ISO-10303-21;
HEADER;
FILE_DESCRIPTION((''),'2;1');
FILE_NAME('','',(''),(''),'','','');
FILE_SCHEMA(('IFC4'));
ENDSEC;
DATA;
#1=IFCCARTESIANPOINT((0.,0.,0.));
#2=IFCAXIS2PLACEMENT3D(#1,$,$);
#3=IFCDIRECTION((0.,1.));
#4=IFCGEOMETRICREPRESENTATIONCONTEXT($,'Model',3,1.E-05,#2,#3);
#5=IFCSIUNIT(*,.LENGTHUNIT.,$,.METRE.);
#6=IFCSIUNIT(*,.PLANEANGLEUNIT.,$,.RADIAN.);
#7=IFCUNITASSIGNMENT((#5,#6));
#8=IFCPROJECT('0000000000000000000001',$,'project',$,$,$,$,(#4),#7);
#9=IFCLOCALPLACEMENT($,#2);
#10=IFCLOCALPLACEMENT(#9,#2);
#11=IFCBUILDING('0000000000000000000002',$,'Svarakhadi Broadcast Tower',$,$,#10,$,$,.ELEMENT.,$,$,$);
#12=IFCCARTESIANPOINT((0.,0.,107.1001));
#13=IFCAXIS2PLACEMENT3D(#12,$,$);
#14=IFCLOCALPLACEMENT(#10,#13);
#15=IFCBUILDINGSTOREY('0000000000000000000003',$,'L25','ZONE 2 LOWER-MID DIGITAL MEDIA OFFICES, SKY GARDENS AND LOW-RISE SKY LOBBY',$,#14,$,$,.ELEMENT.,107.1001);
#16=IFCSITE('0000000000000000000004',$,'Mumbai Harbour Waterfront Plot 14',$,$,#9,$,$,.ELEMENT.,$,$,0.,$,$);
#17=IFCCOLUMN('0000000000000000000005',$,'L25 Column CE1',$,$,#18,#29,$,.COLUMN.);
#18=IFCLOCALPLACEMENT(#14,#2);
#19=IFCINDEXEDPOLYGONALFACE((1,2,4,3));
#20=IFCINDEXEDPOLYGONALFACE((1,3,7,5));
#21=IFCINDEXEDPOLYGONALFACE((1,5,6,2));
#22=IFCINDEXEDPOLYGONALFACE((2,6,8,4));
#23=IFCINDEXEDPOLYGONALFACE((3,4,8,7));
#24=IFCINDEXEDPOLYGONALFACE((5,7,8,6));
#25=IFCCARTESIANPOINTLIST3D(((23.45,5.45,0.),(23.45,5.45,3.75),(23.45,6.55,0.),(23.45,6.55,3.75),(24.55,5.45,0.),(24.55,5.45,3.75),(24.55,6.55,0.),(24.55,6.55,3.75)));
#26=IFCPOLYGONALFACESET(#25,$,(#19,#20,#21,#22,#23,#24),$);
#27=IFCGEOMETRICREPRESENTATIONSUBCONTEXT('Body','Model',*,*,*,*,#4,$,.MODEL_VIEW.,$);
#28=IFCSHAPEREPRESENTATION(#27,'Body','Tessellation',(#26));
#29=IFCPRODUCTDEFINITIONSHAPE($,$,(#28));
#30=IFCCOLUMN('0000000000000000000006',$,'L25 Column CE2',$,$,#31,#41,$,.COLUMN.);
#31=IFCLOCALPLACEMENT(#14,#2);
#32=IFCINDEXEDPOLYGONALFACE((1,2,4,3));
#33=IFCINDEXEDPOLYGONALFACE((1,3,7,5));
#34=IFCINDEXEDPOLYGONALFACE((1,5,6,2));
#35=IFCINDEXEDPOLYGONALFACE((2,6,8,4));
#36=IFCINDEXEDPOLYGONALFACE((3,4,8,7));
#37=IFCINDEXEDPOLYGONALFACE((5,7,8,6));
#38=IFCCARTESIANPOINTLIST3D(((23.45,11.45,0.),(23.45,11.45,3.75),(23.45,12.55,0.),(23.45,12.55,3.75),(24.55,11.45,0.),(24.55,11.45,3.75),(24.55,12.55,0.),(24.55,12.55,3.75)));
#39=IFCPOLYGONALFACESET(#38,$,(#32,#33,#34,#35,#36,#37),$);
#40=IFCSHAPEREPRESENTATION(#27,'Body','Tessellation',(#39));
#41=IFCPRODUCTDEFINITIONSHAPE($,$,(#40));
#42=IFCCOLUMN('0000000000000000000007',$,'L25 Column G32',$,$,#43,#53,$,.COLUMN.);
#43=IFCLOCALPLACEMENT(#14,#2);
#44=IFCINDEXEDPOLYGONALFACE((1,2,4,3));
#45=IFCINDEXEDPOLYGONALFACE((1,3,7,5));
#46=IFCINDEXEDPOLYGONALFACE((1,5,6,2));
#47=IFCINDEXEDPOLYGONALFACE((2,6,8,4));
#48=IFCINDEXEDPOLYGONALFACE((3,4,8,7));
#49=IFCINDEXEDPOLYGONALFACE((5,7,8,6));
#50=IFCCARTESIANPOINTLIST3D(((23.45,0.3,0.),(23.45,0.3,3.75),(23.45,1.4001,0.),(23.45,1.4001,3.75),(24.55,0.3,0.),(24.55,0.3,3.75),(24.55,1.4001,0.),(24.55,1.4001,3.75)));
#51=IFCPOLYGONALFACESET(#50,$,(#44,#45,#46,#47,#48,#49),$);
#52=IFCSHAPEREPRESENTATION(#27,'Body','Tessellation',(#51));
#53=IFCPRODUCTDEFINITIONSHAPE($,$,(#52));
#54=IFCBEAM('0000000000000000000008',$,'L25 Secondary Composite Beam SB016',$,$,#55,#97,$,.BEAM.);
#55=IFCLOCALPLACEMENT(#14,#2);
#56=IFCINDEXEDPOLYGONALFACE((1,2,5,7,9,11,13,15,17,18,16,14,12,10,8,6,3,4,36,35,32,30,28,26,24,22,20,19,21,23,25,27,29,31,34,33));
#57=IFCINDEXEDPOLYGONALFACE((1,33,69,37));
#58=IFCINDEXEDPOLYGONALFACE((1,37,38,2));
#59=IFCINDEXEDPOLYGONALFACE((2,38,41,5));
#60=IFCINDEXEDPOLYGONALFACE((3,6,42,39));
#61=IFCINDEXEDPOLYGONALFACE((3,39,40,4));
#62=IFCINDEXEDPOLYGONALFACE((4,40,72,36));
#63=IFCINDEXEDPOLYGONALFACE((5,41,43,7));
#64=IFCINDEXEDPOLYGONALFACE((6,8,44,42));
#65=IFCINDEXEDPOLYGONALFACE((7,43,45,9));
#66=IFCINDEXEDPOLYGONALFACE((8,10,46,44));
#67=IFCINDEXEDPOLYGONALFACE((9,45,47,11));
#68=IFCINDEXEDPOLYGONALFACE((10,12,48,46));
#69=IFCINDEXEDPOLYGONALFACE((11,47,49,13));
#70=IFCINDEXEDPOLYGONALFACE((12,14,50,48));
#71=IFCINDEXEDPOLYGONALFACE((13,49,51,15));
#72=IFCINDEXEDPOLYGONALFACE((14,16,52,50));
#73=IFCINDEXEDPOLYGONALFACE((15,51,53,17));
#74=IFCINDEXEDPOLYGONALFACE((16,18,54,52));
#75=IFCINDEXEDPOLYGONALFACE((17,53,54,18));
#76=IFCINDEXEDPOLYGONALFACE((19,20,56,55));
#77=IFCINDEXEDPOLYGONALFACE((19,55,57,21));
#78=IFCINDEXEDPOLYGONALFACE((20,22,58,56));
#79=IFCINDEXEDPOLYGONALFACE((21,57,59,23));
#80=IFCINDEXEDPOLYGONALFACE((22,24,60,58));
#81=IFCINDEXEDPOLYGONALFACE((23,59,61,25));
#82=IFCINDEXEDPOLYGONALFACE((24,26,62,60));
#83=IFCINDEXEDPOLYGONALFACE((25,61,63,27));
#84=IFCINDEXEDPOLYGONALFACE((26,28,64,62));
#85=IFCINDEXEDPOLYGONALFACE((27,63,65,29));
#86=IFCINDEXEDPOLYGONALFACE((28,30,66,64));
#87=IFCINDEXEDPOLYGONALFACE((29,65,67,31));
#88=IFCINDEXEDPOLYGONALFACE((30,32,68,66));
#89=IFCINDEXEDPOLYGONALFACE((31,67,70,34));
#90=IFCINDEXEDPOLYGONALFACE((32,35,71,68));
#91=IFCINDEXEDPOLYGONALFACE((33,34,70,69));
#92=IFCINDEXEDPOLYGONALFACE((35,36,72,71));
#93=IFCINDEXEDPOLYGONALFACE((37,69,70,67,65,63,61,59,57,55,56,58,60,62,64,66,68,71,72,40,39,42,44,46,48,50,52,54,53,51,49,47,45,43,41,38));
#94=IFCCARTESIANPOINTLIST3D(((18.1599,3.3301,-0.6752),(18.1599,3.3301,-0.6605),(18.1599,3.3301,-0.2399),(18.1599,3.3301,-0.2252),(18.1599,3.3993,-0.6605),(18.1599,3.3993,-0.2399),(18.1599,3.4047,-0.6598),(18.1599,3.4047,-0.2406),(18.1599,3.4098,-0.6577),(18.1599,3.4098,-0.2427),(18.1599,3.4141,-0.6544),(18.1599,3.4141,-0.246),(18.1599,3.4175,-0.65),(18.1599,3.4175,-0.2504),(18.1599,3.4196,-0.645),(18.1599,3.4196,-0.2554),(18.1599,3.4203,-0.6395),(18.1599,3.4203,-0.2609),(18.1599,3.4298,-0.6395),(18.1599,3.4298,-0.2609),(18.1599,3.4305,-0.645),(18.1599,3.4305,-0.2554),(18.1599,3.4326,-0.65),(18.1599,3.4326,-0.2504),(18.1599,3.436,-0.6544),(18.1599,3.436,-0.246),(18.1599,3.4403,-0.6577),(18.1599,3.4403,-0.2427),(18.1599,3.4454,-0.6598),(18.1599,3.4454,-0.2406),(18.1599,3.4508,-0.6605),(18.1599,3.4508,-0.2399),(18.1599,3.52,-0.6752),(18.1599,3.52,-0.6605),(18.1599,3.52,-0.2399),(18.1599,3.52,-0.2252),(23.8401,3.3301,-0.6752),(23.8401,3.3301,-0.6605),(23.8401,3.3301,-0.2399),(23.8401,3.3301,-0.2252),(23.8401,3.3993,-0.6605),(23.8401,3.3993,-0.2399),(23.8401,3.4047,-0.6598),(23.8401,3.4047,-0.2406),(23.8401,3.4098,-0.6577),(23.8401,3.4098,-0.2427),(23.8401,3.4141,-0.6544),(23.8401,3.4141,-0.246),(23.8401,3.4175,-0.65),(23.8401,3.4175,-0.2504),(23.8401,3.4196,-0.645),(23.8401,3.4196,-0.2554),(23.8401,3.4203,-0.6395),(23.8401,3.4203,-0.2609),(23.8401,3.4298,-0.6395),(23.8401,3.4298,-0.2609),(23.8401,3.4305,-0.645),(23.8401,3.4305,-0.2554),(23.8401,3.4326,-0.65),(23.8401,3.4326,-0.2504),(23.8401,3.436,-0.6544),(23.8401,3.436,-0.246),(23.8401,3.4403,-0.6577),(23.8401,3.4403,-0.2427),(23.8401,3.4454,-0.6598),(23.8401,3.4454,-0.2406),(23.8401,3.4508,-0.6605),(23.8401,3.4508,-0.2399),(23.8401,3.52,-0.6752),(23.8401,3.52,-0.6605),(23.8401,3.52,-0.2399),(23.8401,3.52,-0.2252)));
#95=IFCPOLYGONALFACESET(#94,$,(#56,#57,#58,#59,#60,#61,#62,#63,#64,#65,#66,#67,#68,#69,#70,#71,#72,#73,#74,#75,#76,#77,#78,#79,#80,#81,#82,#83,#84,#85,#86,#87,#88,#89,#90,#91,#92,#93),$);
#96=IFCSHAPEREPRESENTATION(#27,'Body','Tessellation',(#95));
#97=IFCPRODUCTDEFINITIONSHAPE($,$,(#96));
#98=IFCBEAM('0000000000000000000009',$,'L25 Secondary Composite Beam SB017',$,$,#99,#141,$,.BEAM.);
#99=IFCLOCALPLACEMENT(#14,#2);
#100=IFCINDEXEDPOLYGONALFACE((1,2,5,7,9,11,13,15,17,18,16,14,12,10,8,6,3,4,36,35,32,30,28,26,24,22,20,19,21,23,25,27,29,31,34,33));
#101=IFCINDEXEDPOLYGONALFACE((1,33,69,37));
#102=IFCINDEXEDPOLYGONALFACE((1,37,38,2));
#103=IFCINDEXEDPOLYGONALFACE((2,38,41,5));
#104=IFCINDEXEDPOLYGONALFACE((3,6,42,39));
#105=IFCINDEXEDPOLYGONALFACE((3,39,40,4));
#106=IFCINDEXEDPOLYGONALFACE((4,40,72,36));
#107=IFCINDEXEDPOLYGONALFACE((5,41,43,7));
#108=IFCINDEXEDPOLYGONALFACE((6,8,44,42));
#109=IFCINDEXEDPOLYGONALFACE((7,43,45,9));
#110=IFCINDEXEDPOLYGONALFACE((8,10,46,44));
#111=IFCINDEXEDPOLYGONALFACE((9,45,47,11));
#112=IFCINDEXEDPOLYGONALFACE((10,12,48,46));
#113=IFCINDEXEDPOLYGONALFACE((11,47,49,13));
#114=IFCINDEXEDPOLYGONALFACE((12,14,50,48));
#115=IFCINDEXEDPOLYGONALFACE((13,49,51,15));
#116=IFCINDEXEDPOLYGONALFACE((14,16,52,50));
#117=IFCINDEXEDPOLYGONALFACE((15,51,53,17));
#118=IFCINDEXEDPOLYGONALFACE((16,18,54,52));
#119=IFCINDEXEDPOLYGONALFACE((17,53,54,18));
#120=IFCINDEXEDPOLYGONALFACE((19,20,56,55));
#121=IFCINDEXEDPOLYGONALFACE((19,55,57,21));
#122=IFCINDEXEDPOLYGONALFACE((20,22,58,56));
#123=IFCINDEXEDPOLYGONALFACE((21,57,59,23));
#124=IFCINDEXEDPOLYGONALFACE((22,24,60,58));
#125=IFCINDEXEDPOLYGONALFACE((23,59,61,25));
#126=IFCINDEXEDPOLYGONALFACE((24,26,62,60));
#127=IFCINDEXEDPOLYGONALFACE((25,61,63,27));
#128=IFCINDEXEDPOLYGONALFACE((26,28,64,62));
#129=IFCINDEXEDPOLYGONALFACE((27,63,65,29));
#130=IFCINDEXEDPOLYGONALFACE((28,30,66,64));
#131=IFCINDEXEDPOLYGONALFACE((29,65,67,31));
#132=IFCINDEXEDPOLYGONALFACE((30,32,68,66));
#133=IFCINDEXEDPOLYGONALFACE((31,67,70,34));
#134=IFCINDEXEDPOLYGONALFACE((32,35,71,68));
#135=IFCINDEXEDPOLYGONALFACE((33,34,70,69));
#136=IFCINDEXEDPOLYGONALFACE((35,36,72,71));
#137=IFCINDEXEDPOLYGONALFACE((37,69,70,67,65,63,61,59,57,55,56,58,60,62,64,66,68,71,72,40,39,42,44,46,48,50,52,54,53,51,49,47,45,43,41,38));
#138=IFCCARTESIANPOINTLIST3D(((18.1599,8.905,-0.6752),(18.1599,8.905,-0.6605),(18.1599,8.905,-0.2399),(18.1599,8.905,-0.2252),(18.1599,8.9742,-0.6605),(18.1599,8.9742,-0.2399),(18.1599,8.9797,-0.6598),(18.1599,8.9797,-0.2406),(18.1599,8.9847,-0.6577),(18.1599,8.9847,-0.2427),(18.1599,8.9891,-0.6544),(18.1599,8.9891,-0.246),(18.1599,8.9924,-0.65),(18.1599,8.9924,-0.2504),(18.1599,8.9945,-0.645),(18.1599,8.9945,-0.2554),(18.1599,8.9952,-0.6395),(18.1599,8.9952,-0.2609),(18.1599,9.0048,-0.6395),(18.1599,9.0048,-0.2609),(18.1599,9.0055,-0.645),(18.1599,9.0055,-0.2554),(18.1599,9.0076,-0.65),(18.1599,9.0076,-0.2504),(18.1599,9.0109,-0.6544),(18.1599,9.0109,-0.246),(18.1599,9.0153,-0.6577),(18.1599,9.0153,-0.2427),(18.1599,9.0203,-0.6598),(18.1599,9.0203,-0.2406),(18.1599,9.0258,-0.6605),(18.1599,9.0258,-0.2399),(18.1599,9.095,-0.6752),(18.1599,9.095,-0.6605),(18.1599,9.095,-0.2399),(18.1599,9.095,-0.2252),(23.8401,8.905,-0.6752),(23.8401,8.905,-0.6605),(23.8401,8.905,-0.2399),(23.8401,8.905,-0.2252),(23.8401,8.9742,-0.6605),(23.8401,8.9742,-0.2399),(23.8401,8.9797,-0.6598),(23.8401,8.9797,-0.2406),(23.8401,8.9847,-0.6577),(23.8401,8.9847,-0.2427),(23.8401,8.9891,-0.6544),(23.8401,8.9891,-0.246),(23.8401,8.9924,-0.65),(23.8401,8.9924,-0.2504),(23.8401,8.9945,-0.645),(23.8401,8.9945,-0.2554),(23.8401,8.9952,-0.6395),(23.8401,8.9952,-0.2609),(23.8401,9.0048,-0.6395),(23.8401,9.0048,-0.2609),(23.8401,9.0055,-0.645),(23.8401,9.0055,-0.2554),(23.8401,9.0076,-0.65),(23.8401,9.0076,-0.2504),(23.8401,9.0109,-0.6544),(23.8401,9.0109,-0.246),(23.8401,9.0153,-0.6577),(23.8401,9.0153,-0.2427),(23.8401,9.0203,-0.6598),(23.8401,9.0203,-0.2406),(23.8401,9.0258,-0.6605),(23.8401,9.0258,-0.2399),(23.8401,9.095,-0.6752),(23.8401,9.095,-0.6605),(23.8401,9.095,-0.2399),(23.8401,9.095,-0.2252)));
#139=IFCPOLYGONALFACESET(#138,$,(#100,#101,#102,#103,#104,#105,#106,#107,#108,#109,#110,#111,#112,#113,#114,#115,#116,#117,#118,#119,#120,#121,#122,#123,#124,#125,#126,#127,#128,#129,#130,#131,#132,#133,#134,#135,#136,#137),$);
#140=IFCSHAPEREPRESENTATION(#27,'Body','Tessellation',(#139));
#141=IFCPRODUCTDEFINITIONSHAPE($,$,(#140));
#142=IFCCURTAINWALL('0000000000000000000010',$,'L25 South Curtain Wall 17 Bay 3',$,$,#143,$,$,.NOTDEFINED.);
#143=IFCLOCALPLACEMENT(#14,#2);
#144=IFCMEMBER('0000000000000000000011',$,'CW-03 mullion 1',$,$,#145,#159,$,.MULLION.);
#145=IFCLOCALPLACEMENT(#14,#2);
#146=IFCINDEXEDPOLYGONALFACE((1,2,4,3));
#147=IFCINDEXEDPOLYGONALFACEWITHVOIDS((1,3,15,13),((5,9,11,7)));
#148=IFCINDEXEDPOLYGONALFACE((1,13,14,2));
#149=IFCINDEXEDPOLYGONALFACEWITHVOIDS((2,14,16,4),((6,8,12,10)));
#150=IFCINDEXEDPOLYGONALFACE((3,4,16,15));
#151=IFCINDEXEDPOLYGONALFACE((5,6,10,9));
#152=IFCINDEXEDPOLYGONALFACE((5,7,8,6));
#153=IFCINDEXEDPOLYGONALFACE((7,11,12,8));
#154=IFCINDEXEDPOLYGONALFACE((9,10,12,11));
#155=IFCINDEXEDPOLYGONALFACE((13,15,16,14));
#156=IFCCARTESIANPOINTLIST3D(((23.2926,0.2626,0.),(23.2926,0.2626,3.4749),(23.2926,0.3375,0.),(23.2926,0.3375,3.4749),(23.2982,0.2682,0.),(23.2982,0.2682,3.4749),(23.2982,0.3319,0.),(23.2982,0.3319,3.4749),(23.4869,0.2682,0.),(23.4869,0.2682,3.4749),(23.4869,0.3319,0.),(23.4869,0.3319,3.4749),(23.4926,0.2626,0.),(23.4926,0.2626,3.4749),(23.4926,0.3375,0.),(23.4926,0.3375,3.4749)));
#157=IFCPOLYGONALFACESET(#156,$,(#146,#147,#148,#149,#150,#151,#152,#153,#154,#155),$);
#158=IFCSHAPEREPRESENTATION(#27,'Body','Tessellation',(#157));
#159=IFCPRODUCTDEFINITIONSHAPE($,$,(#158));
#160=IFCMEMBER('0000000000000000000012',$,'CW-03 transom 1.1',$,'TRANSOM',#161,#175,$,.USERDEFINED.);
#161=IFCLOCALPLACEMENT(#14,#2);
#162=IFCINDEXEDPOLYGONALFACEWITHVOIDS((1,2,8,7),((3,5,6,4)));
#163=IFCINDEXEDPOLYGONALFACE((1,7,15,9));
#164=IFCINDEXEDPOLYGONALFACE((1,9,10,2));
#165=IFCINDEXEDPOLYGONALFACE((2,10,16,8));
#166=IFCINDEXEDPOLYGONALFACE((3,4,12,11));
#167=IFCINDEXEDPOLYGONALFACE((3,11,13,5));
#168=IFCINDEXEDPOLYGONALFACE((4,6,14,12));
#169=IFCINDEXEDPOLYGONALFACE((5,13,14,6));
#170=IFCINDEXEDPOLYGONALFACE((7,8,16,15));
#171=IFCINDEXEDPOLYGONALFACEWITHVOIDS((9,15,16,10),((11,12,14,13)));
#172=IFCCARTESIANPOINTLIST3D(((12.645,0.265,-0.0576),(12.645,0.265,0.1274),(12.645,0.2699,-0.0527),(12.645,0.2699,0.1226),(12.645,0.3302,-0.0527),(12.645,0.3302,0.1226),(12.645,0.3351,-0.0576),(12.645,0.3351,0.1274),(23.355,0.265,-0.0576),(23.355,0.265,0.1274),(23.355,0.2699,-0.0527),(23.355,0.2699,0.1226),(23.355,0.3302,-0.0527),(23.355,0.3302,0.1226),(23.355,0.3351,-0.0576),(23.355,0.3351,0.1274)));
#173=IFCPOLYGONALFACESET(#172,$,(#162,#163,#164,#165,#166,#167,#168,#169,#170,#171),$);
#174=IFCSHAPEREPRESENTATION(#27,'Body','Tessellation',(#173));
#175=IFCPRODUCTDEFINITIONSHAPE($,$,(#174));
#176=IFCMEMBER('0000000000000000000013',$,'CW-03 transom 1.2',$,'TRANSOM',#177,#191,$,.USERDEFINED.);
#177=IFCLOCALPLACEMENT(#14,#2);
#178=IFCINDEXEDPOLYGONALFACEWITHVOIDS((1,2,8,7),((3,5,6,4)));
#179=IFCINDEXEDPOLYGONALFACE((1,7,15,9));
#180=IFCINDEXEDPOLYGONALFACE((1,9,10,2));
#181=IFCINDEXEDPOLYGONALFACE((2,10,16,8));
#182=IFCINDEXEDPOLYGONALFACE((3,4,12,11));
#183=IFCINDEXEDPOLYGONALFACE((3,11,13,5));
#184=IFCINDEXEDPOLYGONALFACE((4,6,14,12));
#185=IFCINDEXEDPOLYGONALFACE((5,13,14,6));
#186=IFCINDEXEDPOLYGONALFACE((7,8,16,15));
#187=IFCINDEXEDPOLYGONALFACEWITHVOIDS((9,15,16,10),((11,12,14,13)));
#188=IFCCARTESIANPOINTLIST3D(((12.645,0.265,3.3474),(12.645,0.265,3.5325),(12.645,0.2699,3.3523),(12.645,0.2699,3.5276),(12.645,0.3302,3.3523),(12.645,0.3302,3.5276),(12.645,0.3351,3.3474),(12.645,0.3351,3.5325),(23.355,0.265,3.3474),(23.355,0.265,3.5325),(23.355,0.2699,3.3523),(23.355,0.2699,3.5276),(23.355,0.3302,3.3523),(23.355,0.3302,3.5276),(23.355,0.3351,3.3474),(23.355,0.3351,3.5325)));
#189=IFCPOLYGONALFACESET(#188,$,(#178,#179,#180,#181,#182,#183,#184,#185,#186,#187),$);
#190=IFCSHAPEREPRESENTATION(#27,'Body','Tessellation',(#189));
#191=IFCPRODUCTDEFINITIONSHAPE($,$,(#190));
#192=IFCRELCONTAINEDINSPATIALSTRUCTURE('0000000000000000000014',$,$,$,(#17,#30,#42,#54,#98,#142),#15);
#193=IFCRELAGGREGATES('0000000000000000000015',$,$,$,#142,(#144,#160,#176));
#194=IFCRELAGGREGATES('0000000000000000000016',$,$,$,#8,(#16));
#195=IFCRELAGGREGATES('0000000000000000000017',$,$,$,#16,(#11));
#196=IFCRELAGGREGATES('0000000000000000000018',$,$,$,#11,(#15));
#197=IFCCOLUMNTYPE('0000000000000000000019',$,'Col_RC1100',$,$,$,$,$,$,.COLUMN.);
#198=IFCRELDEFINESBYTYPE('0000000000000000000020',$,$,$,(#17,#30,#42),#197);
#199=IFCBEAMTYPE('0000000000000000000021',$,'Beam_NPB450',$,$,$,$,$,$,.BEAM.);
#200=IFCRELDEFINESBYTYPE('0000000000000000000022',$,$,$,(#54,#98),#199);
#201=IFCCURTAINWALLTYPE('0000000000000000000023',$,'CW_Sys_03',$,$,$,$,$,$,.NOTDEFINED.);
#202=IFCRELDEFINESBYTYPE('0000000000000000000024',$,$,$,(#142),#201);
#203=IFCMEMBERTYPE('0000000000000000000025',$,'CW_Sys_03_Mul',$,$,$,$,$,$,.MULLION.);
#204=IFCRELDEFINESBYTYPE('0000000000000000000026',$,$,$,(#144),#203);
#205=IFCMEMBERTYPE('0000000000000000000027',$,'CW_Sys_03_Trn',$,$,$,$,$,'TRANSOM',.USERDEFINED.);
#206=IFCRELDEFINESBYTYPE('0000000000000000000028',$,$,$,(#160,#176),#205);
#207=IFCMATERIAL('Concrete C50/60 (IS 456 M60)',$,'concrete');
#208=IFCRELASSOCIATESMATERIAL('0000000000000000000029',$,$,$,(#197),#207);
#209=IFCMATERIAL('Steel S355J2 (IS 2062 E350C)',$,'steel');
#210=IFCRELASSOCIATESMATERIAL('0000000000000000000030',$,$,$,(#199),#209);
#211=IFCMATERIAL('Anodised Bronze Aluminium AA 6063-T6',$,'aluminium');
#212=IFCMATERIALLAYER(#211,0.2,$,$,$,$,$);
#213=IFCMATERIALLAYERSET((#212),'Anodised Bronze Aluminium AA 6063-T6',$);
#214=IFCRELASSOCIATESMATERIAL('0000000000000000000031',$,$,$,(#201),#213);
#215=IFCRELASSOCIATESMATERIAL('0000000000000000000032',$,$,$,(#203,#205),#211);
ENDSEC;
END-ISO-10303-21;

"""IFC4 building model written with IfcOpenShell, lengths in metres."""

from ifc_helpers import new_model, si_unit, direction, frame, origin, origin_2d, place, context, subcontext, project, spatial, rectangle, hollow_rectangle, i_section, extrude, material, layer, layer_set, material_profile, profile_set, type_object, element, aggregate, save


model = new_model("IFC4")

# Units and contexts
model_context = context("Model", 3, precision=1e-05, world=origin(), true_north=direction((0.0, 1.0)))
body_context = subcontext(model_context, "Body", "Model", "MODEL_VIEW")
ifc_project = project(units=[si_unit("LENGTHUNIT", "METRE"), si_unit("PLANEANGLEUNIT", "RADIAN")], contexts=[model_context])

# Site, building, storey
site_placement = place(None, origin())
site = spatial("IfcSite", under=ifc_project, at=site_placement, Name="Mumbai Harbour Waterfront Plot 14", CompositionType="ELEMENT", RefElevation=0.0)
building_placement = place(site_placement, origin())
building = spatial("IfcBuilding", under=site, at=building_placement, Name="Svarakhadi Broadcast Tower", CompositionType="ELEMENT")
storey_placement = place(building_placement, frame((0.0, 0.0, 107.1001)))
storey = spatial("IfcBuildingStorey", under=building, at=storey_placement, Name="L25", Description="ZONE 2 LOWER-MID DIGITAL MEDIA OFFICES, SKY GARDENS AND LOW-RISE SKY LOBBY", CompositionType="ELEMENT", Elevation=107.1001)

# Columns
ifc_material_1 = material(Name="Concrete C50/60 (IS 456 M60)", Category="concrete")
ifc_material_profile_1 = material_profile(ifc_material_1, rectangle(XDim=1.1001, YDim=1.1001, at=origin_2d()), Name="RC 1100x1100")
ifc_profile_set_1 = profile_set([ifc_material_profile_1], Name="Concrete C50/60 (IS 456 M60)")
column_type = type_object("IfcColumnType", Name="Col_RC1100", PredefinedType="COLUMN", material=ifc_profile_set_1)
for number, where, z_axis, x_axis, name in (
    (1, (24.0, 6.0, 0.0), (0.0, 0.0, 1.0), (1.0, 0.0, 0.0), "L25 Column CE1"),
    (2, (24.0, 12.0, 0.0), (0.0, 0.0, 1.0), (1.0, 0.0, 0.0), "L25 Column CE2"),
    (3, (24.0, 0.8501, 0.0), (0.0, 0.0, 1.0), (1.0, 0.0, 0.0), "L25 Column G32"),
):
    element("IfcColumn", number, at=place(storey_placement, frame(where, z_axis=z_axis, x_axis=x_axis)), inside=storey, type_object=column_type, Name=name, PredefinedType="COLUMN", context=body_context, shape_type="SweptSolid", body=[
        extrude(rectangle(XDim=1.1001, YDim=1.1001, at=origin_2d()), origin(), (0.0, 0.0, 1.0), 3.75),
    ])

# Beams
ifc_material_2 = material(Name="Steel S355J2 (IS 2062 E350C)", Category="steel")
ifc_material_profile_2 = material_profile(ifc_material_2, i_section(OverallWidth=0.1899, OverallDepth=0.45, WebThickness=0.0095, FlangeThickness=0.0146, FilletRadius=0.021, at=origin_2d()), Name="NPB 450x190x78")
ifc_profile_set_2 = profile_set([ifc_material_profile_2], Name="Steel S355J2 (IS 2062 E350C)")
beam_type_1 = type_object("IfcBeamType", Name="Beam_NPB450", PredefinedType="BEAM", material=ifc_profile_set_2)
for number, where, z_axis, x_axis, name in (
    (4, (18.1599, 3.425, -0.4502), (1.0, 0.0, 0.0), (0.0, 1.0, 0.0), "L25 Secondary Composite Beam SB016"),
    (5, (18.1599, 9.0, -0.4502), (1.0, 0.0, 0.0), (0.0, 1.0, 0.0), "L25 Secondary Composite Beam SB017"),
):
    element("IfcBeam", number, at=place(storey_placement, frame(where, z_axis=z_axis, x_axis=x_axis)), inside=storey, type_object=beam_type_1, Name=name, PredefinedType="BEAM", context=body_context, shape_type="SweptSolid", body=[
        extrude(i_section(OverallWidth=0.1899, OverallDepth=0.45, WebThickness=0.0095, FlangeThickness=0.0146, FilletRadius=0.021, at=origin_2d()), origin(), (0.0, 0.0, 1.0), 5.6802),
    ])

# Curtain wall, members
ifc_material_3 = material(Name="Anodised Bronze Aluminium AA 6063-T6", Category="aluminium")
ifc_layer_1 = layer(ifc_material_3, 0.2)
ifc_layer_set_1 = layer_set([ifc_layer_1], Name="Anodised Bronze Aluminium AA 6063-T6")
curtain_wall_type = type_object("IfcCurtainWallType", Name="CW_Sys_03", PredefinedType="NOTDEFINED", material=ifc_layer_set_1)
curtain_wall_placement = place(storey_placement, origin())
curtain_wall = element("IfcCurtainWall", 6, at=curtain_wall_placement, inside=storey, type_object=curtain_wall_type, Name="L25 South Curtain Wall 17 Bay 3", PredefinedType="NOTDEFINED")
ifc_material_profile_3 = material_profile(ifc_material_3, hollow_rectangle(XDim=0.075, YDim=0.2, WallThickness=0.0056, at=origin_2d()), Name="ALU MULLION 200x75x6")
ifc_profile_set_3 = profile_set([ifc_material_profile_3], Name="Anodised Bronze Aluminium AA 6063-T6")
member_type_1 = type_object("IfcMemberType", Name="CW_Sys_03_Mul", PredefinedType="MULLION", material=ifc_profile_set_3)
member_1_placement = place(storey_placement, frame((23.3926, 0.3, 0.0), z_axis=(0.0, 0.0, 1.0), x_axis=(0.0, -1.0, 0.0)))
member_1 = element("IfcMember", 7, at=member_1_placement, type_object=member_type_1, Name="CW-03 mullion 1", PredefinedType="MULLION", context=body_context, shape_type="SweptSolid", body=[
    extrude(hollow_rectangle(XDim=0.075, YDim=0.2, WallThickness=0.0056, at=origin_2d()), origin(), (0.0, 0.0, 1.0), 3.4749),
])
ifc_material_profile_4 = material_profile(ifc_material_3, hollow_rectangle(XDim=0.0701, YDim=0.1851, WallThickness=0.0049, at=origin_2d()), Name="ALU TRANSOM 185x70x5")
ifc_profile_set_4 = profile_set([ifc_material_profile_4], Name="Anodised Bronze Aluminium AA 6063-T6")
member_type_2 = type_object("IfcMemberType", Name="CW_Sys_03_Trn", ElementType="TRANSOM", PredefinedType="USERDEFINED", material=ifc_profile_set_4)
member_2_placement = place(storey_placement, frame((23.355, 0.3, 0.0349), z_axis=(-1.0, 0.0, 0.0), x_axis=(0.0, -1.0, 0.0)))
member_2 = element("IfcMember", 8, at=member_2_placement, type_object=member_type_2, Name="CW-03 transom 1.1", ObjectType="TRANSOM", PredefinedType="USERDEFINED", context=body_context, shape_type="SweptSolid", body=[
    extrude(hollow_rectangle(XDim=0.0701, YDim=0.1851, WallThickness=0.0049, at=origin_2d()), origin(), (0.0, 0.0, 1.0), 10.71),
])
member_3_placement = place(storey_placement, frame((23.355, 0.3, 3.4399), z_axis=(-1.0, 0.0, 0.0), x_axis=(0.0, -1.0, 0.0)))
member_3 = element("IfcMember", 9, at=member_3_placement, type_object=member_type_2, Name="CW-03 transom 1.2", ObjectType="TRANSOM", PredefinedType="USERDEFINED", context=body_context, shape_type="SweptSolid", body=[
    extrude(hollow_rectangle(XDim=0.0701, YDim=0.1851, WallThickness=0.0049, at=origin_2d()), origin(), (0.0, 0.0, 1.0), 10.71),
])

aggregate(curtain_wall, [member_1, member_2, member_3])

save(model, "model.ifc")
